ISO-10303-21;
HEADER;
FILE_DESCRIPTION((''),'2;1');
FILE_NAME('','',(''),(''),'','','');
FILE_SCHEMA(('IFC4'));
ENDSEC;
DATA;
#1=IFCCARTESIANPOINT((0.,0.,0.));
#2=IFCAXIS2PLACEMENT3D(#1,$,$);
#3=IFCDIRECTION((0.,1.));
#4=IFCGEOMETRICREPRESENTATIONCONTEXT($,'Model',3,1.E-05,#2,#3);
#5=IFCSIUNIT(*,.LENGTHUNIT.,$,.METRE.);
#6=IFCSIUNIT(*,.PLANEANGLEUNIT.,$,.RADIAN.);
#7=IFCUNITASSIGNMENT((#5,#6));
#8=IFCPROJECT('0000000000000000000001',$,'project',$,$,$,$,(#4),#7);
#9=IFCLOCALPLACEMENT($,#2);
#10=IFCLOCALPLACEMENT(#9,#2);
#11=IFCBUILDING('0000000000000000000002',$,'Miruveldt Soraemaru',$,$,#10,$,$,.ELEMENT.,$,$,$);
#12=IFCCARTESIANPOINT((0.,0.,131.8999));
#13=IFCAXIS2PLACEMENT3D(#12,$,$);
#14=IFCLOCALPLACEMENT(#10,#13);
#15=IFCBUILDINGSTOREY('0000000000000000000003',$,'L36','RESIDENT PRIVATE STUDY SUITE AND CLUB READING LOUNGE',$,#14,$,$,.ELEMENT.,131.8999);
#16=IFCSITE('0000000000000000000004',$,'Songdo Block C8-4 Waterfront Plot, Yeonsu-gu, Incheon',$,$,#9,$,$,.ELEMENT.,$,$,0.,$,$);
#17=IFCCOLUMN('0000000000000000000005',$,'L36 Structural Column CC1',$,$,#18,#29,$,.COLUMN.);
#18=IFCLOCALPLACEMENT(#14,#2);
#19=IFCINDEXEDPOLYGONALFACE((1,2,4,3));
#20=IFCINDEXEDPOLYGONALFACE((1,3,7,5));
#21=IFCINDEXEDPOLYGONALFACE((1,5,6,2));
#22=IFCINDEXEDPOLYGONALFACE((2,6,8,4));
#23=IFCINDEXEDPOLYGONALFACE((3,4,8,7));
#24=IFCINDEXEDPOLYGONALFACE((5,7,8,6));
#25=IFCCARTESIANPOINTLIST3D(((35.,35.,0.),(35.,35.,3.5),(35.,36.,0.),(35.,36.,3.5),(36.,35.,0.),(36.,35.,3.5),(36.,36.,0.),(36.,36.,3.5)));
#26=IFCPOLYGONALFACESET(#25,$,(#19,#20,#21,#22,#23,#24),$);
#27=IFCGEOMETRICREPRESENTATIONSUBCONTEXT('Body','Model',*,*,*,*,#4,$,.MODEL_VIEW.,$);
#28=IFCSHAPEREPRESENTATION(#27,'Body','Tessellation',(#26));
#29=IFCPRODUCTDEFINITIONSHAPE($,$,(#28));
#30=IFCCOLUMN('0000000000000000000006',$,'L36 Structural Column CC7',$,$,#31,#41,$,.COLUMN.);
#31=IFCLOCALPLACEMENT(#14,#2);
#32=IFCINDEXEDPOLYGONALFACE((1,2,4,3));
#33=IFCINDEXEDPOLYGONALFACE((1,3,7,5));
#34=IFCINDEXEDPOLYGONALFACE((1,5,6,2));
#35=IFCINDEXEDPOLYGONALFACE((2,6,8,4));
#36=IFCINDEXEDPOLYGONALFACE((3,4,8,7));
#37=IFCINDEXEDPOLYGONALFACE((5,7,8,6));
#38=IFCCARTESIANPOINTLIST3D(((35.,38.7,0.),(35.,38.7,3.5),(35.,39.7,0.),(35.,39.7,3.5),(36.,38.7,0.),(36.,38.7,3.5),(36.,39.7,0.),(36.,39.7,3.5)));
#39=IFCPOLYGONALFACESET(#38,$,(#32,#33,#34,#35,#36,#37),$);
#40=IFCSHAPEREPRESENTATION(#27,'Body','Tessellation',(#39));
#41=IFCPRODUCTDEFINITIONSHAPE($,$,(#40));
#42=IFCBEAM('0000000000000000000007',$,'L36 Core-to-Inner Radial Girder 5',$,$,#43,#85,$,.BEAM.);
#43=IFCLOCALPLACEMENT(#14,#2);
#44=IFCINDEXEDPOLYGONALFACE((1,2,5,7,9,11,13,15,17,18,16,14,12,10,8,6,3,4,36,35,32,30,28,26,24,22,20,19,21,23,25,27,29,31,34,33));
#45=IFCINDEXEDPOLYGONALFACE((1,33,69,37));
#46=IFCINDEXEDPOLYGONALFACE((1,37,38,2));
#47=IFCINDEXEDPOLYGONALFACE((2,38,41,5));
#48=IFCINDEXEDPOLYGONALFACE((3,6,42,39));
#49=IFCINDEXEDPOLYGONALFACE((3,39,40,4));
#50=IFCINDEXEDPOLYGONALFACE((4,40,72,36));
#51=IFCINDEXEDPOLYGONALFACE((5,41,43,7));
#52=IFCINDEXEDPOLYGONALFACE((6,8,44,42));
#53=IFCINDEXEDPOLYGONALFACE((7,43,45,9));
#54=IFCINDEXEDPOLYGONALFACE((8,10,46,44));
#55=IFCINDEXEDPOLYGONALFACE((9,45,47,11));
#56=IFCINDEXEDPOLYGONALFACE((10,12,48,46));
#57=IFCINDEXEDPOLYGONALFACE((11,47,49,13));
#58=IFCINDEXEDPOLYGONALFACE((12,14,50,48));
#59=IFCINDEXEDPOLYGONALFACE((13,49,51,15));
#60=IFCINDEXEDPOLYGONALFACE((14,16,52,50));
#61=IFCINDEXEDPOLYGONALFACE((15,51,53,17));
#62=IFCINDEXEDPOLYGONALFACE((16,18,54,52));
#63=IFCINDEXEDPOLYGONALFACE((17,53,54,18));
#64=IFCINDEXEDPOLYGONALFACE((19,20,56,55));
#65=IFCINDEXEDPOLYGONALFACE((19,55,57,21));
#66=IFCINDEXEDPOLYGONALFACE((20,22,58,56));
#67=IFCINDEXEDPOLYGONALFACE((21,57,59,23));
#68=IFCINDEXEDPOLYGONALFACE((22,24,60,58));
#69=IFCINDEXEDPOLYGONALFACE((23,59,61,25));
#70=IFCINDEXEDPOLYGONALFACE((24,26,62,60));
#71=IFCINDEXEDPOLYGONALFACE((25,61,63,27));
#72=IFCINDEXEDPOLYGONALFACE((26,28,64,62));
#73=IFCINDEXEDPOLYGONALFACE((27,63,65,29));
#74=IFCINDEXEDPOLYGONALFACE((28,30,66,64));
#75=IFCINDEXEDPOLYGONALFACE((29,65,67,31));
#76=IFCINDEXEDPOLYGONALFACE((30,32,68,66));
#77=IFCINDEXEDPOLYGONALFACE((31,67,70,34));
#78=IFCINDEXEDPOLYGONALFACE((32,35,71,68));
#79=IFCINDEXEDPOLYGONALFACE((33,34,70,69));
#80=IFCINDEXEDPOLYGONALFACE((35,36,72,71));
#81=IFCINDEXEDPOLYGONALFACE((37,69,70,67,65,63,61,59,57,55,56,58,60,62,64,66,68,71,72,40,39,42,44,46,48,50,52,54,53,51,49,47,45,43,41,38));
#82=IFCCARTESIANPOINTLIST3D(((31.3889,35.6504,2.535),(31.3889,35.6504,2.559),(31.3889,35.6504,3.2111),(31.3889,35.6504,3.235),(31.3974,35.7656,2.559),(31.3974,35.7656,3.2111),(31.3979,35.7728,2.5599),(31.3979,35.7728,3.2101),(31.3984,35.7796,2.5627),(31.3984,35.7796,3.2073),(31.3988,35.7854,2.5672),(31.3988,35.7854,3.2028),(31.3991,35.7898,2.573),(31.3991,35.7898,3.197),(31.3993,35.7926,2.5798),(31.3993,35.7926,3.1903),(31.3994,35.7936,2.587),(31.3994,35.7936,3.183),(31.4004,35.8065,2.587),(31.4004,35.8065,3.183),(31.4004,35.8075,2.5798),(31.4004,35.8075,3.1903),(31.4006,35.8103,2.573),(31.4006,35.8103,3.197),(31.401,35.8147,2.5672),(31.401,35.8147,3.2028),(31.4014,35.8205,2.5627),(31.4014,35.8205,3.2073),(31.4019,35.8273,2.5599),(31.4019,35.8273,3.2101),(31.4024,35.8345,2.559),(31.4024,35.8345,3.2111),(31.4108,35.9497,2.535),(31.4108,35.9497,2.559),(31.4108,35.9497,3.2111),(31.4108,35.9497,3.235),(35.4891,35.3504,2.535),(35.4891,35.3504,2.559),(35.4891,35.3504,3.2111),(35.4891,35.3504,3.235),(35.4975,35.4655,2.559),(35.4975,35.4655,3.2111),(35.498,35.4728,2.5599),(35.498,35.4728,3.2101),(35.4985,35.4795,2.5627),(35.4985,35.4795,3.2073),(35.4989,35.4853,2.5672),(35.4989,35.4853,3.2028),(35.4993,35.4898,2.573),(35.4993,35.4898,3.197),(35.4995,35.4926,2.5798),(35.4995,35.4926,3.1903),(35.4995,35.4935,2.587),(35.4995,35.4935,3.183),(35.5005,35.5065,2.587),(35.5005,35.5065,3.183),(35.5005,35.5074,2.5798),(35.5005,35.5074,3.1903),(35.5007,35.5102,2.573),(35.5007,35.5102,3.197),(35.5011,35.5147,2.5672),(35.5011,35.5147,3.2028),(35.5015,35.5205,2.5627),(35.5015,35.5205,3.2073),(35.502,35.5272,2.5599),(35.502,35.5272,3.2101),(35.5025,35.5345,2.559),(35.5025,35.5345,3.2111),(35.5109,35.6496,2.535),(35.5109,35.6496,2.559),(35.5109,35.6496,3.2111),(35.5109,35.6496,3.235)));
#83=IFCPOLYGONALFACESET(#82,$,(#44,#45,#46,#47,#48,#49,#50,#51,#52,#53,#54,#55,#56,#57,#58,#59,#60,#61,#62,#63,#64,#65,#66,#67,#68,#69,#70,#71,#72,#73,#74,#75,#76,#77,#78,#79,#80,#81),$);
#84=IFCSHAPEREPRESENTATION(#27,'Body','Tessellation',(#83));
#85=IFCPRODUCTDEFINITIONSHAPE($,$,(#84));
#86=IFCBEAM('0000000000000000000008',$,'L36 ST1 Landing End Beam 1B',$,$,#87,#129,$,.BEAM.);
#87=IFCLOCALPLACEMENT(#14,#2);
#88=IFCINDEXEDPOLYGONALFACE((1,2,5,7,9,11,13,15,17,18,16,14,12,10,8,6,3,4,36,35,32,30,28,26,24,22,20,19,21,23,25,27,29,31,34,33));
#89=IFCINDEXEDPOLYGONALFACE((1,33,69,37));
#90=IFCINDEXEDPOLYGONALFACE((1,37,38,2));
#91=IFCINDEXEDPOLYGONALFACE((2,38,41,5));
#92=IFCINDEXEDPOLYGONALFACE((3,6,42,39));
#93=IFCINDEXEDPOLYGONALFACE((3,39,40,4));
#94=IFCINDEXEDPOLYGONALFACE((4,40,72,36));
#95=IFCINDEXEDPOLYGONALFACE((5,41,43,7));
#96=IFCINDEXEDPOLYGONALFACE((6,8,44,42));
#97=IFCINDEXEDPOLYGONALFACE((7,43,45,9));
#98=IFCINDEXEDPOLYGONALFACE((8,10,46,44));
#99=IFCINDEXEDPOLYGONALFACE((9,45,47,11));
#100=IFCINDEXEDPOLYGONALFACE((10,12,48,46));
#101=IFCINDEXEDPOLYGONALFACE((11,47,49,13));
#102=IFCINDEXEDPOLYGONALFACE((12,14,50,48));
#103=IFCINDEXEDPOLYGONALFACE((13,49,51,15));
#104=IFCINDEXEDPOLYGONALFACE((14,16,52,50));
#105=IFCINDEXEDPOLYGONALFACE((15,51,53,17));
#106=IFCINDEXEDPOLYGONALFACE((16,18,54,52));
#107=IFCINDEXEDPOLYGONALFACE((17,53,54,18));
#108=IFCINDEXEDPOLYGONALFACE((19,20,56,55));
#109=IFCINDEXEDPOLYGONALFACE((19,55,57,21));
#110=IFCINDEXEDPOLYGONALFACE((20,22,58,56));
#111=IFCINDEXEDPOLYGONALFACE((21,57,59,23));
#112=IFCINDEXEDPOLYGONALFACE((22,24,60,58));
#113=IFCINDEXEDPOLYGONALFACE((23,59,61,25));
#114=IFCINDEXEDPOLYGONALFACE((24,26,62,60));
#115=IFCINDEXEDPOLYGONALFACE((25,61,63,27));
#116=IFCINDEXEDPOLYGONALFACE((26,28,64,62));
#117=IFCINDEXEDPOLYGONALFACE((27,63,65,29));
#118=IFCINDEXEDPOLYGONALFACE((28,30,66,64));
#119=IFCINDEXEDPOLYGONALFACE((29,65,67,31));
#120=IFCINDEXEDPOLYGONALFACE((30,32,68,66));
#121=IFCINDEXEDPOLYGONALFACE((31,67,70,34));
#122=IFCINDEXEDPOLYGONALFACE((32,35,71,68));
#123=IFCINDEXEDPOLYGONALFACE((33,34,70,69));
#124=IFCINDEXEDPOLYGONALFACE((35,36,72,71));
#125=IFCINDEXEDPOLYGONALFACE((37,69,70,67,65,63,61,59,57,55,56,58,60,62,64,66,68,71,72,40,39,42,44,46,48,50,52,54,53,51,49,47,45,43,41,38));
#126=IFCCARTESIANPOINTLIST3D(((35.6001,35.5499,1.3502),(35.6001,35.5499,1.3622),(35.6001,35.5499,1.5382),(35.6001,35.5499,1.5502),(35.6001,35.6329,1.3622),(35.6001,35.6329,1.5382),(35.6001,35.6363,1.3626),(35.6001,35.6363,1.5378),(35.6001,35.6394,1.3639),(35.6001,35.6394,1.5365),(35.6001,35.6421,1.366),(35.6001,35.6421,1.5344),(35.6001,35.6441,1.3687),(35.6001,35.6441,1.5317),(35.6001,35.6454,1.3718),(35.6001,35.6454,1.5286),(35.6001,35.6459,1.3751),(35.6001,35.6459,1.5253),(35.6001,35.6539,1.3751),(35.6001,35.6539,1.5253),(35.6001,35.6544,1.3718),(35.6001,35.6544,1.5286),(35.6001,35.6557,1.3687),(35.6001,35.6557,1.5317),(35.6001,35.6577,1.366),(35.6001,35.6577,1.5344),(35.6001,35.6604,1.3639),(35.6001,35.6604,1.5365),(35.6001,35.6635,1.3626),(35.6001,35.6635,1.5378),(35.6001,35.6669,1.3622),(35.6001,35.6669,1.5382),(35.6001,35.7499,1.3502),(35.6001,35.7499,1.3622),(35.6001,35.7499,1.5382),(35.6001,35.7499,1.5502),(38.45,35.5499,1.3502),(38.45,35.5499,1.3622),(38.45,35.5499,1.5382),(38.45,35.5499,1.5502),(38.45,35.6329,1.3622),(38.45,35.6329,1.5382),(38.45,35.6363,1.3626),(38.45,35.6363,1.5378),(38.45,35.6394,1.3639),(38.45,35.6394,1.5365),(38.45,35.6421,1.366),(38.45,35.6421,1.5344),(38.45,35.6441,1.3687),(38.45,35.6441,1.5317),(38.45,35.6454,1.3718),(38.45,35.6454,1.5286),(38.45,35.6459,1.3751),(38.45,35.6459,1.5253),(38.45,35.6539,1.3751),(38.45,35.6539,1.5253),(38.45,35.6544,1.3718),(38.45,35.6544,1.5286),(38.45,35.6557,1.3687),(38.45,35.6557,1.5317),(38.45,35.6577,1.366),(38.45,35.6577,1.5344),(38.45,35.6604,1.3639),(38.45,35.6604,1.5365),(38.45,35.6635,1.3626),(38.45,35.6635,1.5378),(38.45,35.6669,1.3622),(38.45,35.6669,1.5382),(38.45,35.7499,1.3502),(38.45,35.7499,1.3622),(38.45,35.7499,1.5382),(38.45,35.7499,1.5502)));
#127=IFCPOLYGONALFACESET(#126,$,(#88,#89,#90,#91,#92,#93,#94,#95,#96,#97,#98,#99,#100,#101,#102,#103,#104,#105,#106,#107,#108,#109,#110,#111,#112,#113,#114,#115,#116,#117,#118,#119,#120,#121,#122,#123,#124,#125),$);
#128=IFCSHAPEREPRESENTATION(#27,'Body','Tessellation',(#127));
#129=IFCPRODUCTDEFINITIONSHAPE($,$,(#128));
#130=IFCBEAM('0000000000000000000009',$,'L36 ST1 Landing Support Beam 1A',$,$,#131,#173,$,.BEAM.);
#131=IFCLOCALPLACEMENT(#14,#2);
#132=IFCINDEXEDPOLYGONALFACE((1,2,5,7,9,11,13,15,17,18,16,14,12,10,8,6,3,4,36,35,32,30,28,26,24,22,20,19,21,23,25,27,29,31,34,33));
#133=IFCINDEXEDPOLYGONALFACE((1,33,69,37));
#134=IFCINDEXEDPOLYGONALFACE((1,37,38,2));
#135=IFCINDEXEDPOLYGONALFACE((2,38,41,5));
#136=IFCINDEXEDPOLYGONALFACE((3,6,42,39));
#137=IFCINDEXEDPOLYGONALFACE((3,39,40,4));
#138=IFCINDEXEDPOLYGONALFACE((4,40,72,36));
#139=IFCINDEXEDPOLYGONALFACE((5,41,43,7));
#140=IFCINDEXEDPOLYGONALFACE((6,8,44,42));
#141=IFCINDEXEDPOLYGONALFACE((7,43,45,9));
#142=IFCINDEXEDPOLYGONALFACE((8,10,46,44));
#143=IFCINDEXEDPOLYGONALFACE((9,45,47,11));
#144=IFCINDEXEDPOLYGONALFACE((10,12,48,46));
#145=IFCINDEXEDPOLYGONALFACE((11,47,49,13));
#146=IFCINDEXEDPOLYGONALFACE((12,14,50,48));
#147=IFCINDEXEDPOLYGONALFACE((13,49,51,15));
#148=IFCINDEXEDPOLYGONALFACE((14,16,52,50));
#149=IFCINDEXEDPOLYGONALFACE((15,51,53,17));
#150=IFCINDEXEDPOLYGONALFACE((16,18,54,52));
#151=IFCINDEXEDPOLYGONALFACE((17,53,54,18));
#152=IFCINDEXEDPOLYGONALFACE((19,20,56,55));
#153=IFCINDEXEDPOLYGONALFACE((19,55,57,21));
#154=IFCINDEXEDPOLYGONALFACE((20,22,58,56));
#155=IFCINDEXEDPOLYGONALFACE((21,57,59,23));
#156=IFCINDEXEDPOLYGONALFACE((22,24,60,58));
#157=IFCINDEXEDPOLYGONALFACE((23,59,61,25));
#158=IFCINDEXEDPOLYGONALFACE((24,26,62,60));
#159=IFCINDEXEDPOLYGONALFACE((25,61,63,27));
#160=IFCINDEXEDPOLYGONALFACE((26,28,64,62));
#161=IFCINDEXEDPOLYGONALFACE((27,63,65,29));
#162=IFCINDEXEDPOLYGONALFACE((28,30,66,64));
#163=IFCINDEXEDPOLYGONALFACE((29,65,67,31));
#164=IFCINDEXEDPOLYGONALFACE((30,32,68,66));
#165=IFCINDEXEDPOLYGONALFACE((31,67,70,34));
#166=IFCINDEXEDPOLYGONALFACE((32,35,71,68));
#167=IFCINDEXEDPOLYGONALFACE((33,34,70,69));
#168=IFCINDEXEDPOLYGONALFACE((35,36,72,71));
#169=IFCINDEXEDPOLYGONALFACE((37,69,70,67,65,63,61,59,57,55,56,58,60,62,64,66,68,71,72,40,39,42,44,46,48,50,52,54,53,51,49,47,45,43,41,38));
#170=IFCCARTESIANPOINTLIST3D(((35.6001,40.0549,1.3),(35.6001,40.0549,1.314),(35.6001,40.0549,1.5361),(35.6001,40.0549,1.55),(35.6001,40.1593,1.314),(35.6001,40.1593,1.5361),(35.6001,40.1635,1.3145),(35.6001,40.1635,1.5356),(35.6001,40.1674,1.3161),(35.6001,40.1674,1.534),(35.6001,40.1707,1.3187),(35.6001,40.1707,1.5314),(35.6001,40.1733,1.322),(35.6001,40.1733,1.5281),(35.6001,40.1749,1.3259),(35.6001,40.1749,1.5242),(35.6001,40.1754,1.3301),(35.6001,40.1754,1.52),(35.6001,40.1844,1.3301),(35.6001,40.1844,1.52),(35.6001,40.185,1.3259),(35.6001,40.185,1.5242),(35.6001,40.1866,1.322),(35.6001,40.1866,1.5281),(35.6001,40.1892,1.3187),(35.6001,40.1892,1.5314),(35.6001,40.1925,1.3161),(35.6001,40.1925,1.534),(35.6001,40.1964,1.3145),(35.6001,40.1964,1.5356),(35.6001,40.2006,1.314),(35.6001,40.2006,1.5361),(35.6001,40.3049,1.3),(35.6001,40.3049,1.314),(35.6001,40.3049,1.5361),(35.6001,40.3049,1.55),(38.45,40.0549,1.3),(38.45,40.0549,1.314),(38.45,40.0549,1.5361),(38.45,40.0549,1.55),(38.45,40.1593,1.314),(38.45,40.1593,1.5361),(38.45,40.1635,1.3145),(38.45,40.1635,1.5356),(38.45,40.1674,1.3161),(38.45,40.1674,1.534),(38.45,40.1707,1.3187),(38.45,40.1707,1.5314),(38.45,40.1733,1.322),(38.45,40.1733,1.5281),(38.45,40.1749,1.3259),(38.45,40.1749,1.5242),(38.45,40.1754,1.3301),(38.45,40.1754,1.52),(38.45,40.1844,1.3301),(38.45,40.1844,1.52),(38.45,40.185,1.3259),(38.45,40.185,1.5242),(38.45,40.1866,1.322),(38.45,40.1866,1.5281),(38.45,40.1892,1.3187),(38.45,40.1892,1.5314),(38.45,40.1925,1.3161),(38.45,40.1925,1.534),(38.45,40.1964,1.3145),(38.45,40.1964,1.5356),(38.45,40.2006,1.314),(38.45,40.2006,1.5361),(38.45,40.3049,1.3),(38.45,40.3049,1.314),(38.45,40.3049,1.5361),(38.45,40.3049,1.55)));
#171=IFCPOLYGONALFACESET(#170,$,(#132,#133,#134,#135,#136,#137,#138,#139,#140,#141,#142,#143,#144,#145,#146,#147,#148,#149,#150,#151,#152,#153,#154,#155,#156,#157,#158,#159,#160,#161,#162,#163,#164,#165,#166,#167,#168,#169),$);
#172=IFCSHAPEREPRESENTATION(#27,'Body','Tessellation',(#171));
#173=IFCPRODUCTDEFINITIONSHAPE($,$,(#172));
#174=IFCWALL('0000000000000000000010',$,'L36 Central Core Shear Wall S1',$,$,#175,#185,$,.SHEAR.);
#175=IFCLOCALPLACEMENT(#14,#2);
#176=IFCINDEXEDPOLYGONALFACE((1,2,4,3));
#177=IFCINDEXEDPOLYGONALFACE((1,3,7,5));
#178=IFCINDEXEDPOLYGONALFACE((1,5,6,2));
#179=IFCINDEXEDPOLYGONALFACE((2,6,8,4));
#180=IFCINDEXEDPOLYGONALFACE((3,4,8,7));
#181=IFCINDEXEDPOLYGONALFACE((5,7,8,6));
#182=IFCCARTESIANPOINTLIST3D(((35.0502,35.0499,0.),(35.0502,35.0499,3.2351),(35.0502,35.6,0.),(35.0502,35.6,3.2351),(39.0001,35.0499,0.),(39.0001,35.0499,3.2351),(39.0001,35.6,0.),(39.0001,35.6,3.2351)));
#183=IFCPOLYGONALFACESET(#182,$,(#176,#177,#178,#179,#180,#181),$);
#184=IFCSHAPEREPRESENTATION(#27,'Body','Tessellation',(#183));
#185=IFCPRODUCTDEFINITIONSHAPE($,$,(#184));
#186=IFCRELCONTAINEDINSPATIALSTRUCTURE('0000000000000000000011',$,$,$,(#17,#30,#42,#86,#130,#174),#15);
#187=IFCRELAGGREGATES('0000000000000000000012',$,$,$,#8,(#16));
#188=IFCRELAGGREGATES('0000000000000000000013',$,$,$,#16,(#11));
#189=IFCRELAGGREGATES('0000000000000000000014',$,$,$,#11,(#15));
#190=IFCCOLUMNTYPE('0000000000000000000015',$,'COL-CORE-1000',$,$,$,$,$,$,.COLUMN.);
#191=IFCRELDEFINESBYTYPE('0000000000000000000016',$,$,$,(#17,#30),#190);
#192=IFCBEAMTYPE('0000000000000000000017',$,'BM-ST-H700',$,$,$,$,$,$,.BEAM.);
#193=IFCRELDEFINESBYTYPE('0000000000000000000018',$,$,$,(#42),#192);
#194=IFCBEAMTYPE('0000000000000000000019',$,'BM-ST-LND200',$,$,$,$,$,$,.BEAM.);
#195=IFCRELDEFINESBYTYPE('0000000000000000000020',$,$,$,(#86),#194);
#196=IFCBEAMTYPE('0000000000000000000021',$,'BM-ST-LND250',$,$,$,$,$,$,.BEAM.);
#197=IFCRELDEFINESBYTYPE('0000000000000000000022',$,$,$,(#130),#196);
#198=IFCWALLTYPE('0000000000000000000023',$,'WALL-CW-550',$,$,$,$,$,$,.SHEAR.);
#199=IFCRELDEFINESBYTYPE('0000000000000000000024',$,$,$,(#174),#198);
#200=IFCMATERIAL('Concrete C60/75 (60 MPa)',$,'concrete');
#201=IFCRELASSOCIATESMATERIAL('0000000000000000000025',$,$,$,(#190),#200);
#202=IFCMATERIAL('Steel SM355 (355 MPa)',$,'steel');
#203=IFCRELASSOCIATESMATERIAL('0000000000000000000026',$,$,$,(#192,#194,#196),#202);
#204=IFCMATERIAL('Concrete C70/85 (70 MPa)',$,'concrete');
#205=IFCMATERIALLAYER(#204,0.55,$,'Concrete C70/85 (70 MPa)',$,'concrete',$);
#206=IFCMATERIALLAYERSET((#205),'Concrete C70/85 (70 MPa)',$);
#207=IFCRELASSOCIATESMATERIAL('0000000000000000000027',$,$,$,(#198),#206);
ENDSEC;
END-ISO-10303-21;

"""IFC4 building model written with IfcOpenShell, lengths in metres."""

from ifc_helpers import new_model, si_unit, direction, frame, frame_2d, origin, origin_2d, place, context, subcontext, project, spatial, rectangle, i_section, extrude, material, layer, layer_set, material_profile, profile_set, type_object, element, save


model = new_model("IFC4")

# Units and contexts
model_context = context("Model", 3, precision=1e-05, world=origin(), true_north=direction((0.0, 1.0)))
body_context = subcontext(model_context, "Body", "Model", "MODEL_VIEW")
ifc_project = project(units=[si_unit("LENGTHUNIT", "METRE"), si_unit("PLANEANGLEUNIT", "RADIAN")], contexts=[model_context])

# Site, building, storey
site_placement = place(None, origin())
site = spatial("IfcSite", under=ifc_project, at=site_placement, Name="Songdo Block C8-4 Waterfront Plot, Yeonsu-gu, Incheon", CompositionType="ELEMENT", RefElevation=0.0)
building_placement = place(site_placement, origin())
building = spatial("IfcBuilding", under=site, at=building_placement, Name="Miruveldt Soraemaru", CompositionType="ELEMENT")
storey_placement = place(building_placement, frame((0.0, 0.0, 131.8999)))
storey = spatial("IfcBuildingStorey", under=building, at=storey_placement, Name="L36", Description="RESIDENT PRIVATE STUDY SUITE AND CLUB READING LOUNGE", CompositionType="ELEMENT", Elevation=131.8999)

# Columns
ifc_material_1 = material(Name="Concrete C60/75 (60 MPa)", Category="concrete")
ifc_material_profile_1 = material_profile(ifc_material_1, rectangle(XDim=1.0, YDim=1.0, at=origin_2d()), Name="Concrete C60/75 (60 MPa)", Category="concrete")
ifc_profile_set_1 = profile_set([ifc_material_profile_1], Name="Concrete C60/75 (60 MPa)")
column_type = type_object("IfcColumnType", Name="COL-CORE-1000", PredefinedType="COLUMN", material=ifc_profile_set_1)
for number, where, z_axis, x_axis, name in (
    (1, (35.5, 35.5, 0.0), (0.0, 0.0, 1.0), (1.0, 0.0, 0.0), "L36 Structural Column CC1"),
    (2, (35.5, 39.2, 0.0), (0.0, 0.0, 1.0), (1.0, 0.0, 0.0), "L36 Structural Column CC7"),
):
    element("IfcColumn", number, at=place(storey_placement, frame(where, z_axis=z_axis, x_axis=x_axis)), inside=storey, type_object=column_type, Name=name, PredefinedType="COLUMN", context=body_context, shape_type="SweptSolid", body=[
        extrude(rectangle(XDim=1.0, YDim=1.0, at=origin_2d()), origin(), (0.0, 0.0, 1.0), 3.5),
    ])

# Beams
ifc_material_2 = material(Name="Steel SM355 (355 MPa)", Category="steel")
ifc_material_profile_2 = material_profile(ifc_material_2, i_section(OverallWidth=0.3, OverallDepth=0.7, WebThickness=0.0129, FlangeThickness=0.0239, FilletRadius=0.0281, at=origin_2d()), Name="Steel SM355 (355 MPa)", Category="steel")
ifc_profile_set_2 = profile_set([ifc_material_profile_2], Name="Steel SM355 (355 MPa)")
beam_type_1 = type_object("IfcBeamType", Name="BM-ST-H700", PredefinedType="BEAM", material=ifc_profile_set_2)
beam_1_placement = place(storey_placement, frame((35.5, 35.5, 2.885), z_axis=(-0.997333, 0.072986, 0.0), x_axis=(-0.072986, -0.997333, 0.0)))
element("IfcBeam", 3, at=beam_1_placement, inside=storey, type_object=beam_type_1, Name="L36 Core-to-Inner Radial Girder 5", PredefinedType="BEAM", context=body_context, shape_type="SweptSolid", body=[
    extrude(i_section(OverallWidth=0.3, OverallDepth=0.7, WebThickness=0.0129, FlangeThickness=0.0239, FilletRadius=0.0281, at=origin_2d()), origin(), (0.0, 0.0, 1.0), 4.1111),
])
ifc_material_profile_3 = material_profile(ifc_material_2, i_section(OverallWidth=0.2, OverallDepth=0.2, WebThickness=0.0081, FlangeThickness=0.012, FilletRadius=0.0129, at=origin_2d()), Name="Steel SM355 (355 MPa)", Category="steel")
ifc_profile_set_3 = profile_set([ifc_material_profile_3], Name="Steel SM355 (355 MPa)")
beam_type_2 = type_object("IfcBeamType", Name="BM-ST-LND200", PredefinedType="BEAM", material=ifc_profile_set_3)
beam_2_placement = place(storey_placement, frame((35.6001, 35.6499, 1.4502), z_axis=(1.0, 0.0, 0.0), x_axis=(0.0, 1.0, 0.0)))
element("IfcBeam", 4, at=beam_2_placement, inside=storey, type_object=beam_type_2, Name="L36 ST1 Landing End Beam 1B", PredefinedType="BEAM", context=body_context, shape_type="SweptSolid", body=[
    extrude(i_section(OverallWidth=0.2, OverallDepth=0.2, WebThickness=0.0081, FlangeThickness=0.012, FilletRadius=0.0129, at=origin_2d()), origin(), (0.0, 0.0, 1.0), 2.8499),
])
ifc_material_profile_4 = material_profile(ifc_material_2, i_section(OverallWidth=0.25, OverallDepth=0.25, WebThickness=0.009, FlangeThickness=0.0139, FilletRadius=0.0161, at=origin_2d()), Name="Steel SM355 (355 MPa)", Category="steel")
ifc_profile_set_4 = profile_set([ifc_material_profile_4], Name="Steel SM355 (355 MPa)")
beam_type_3 = type_object("IfcBeamType", Name="BM-ST-LND250", PredefinedType="BEAM", material=ifc_profile_set_4)
beam_3_placement = place(storey_placement, frame((35.6001, 40.1799, 1.425), z_axis=(1.0, 0.0, 0.0), x_axis=(0.0, 1.0, 0.0)))
element("IfcBeam", 5, at=beam_3_placement, inside=storey, type_object=beam_type_3, Name="L36 ST1 Landing Support Beam 1A", PredefinedType="BEAM", context=body_context, shape_type="SweptSolid", body=[
    extrude(i_section(OverallWidth=0.25, OverallDepth=0.25, WebThickness=0.009, FlangeThickness=0.0139, FilletRadius=0.0161, at=origin_2d()), origin(), (0.0, 0.0, 1.0), 2.8499),
])

# Wall
ifc_material_3 = material(Name="Concrete C70/85 (70 MPa)", Category="concrete")
ifc_layer_1 = layer(ifc_material_3, 0.55, Name="Concrete C70/85 (70 MPa)", Category="concrete")
ifc_layer_set_1 = layer_set([ifc_layer_1], Name="Concrete C70/85 (70 MPa)")
wall_type_1 = type_object("IfcWallType", Name="WALL-CW-550", PredefinedType="SHEAR", material=ifc_layer_set_1)
wall_1_placement = place(storey_placement, frame((35.05, 35.325, 0.0), z_axis=(0.0, 0.0, 1.0), x_axis=(1.0, 0.0, 0.0)))
element("IfcWall", 6, at=wall_1_placement, inside=storey, type_object=wall_type_1, Name="L36 Central Core Shear Wall S1", PredefinedType="SHEAR", context=body_context, shape_type="SweptSolid", body=[
    extrude(rectangle(XDim=3.95, YDim=0.55, at=frame_2d((1.9751, 0.0))), origin(), (0.0, 0.0, 1.0), 3.2351),
])

save(model, "model.ifc")
